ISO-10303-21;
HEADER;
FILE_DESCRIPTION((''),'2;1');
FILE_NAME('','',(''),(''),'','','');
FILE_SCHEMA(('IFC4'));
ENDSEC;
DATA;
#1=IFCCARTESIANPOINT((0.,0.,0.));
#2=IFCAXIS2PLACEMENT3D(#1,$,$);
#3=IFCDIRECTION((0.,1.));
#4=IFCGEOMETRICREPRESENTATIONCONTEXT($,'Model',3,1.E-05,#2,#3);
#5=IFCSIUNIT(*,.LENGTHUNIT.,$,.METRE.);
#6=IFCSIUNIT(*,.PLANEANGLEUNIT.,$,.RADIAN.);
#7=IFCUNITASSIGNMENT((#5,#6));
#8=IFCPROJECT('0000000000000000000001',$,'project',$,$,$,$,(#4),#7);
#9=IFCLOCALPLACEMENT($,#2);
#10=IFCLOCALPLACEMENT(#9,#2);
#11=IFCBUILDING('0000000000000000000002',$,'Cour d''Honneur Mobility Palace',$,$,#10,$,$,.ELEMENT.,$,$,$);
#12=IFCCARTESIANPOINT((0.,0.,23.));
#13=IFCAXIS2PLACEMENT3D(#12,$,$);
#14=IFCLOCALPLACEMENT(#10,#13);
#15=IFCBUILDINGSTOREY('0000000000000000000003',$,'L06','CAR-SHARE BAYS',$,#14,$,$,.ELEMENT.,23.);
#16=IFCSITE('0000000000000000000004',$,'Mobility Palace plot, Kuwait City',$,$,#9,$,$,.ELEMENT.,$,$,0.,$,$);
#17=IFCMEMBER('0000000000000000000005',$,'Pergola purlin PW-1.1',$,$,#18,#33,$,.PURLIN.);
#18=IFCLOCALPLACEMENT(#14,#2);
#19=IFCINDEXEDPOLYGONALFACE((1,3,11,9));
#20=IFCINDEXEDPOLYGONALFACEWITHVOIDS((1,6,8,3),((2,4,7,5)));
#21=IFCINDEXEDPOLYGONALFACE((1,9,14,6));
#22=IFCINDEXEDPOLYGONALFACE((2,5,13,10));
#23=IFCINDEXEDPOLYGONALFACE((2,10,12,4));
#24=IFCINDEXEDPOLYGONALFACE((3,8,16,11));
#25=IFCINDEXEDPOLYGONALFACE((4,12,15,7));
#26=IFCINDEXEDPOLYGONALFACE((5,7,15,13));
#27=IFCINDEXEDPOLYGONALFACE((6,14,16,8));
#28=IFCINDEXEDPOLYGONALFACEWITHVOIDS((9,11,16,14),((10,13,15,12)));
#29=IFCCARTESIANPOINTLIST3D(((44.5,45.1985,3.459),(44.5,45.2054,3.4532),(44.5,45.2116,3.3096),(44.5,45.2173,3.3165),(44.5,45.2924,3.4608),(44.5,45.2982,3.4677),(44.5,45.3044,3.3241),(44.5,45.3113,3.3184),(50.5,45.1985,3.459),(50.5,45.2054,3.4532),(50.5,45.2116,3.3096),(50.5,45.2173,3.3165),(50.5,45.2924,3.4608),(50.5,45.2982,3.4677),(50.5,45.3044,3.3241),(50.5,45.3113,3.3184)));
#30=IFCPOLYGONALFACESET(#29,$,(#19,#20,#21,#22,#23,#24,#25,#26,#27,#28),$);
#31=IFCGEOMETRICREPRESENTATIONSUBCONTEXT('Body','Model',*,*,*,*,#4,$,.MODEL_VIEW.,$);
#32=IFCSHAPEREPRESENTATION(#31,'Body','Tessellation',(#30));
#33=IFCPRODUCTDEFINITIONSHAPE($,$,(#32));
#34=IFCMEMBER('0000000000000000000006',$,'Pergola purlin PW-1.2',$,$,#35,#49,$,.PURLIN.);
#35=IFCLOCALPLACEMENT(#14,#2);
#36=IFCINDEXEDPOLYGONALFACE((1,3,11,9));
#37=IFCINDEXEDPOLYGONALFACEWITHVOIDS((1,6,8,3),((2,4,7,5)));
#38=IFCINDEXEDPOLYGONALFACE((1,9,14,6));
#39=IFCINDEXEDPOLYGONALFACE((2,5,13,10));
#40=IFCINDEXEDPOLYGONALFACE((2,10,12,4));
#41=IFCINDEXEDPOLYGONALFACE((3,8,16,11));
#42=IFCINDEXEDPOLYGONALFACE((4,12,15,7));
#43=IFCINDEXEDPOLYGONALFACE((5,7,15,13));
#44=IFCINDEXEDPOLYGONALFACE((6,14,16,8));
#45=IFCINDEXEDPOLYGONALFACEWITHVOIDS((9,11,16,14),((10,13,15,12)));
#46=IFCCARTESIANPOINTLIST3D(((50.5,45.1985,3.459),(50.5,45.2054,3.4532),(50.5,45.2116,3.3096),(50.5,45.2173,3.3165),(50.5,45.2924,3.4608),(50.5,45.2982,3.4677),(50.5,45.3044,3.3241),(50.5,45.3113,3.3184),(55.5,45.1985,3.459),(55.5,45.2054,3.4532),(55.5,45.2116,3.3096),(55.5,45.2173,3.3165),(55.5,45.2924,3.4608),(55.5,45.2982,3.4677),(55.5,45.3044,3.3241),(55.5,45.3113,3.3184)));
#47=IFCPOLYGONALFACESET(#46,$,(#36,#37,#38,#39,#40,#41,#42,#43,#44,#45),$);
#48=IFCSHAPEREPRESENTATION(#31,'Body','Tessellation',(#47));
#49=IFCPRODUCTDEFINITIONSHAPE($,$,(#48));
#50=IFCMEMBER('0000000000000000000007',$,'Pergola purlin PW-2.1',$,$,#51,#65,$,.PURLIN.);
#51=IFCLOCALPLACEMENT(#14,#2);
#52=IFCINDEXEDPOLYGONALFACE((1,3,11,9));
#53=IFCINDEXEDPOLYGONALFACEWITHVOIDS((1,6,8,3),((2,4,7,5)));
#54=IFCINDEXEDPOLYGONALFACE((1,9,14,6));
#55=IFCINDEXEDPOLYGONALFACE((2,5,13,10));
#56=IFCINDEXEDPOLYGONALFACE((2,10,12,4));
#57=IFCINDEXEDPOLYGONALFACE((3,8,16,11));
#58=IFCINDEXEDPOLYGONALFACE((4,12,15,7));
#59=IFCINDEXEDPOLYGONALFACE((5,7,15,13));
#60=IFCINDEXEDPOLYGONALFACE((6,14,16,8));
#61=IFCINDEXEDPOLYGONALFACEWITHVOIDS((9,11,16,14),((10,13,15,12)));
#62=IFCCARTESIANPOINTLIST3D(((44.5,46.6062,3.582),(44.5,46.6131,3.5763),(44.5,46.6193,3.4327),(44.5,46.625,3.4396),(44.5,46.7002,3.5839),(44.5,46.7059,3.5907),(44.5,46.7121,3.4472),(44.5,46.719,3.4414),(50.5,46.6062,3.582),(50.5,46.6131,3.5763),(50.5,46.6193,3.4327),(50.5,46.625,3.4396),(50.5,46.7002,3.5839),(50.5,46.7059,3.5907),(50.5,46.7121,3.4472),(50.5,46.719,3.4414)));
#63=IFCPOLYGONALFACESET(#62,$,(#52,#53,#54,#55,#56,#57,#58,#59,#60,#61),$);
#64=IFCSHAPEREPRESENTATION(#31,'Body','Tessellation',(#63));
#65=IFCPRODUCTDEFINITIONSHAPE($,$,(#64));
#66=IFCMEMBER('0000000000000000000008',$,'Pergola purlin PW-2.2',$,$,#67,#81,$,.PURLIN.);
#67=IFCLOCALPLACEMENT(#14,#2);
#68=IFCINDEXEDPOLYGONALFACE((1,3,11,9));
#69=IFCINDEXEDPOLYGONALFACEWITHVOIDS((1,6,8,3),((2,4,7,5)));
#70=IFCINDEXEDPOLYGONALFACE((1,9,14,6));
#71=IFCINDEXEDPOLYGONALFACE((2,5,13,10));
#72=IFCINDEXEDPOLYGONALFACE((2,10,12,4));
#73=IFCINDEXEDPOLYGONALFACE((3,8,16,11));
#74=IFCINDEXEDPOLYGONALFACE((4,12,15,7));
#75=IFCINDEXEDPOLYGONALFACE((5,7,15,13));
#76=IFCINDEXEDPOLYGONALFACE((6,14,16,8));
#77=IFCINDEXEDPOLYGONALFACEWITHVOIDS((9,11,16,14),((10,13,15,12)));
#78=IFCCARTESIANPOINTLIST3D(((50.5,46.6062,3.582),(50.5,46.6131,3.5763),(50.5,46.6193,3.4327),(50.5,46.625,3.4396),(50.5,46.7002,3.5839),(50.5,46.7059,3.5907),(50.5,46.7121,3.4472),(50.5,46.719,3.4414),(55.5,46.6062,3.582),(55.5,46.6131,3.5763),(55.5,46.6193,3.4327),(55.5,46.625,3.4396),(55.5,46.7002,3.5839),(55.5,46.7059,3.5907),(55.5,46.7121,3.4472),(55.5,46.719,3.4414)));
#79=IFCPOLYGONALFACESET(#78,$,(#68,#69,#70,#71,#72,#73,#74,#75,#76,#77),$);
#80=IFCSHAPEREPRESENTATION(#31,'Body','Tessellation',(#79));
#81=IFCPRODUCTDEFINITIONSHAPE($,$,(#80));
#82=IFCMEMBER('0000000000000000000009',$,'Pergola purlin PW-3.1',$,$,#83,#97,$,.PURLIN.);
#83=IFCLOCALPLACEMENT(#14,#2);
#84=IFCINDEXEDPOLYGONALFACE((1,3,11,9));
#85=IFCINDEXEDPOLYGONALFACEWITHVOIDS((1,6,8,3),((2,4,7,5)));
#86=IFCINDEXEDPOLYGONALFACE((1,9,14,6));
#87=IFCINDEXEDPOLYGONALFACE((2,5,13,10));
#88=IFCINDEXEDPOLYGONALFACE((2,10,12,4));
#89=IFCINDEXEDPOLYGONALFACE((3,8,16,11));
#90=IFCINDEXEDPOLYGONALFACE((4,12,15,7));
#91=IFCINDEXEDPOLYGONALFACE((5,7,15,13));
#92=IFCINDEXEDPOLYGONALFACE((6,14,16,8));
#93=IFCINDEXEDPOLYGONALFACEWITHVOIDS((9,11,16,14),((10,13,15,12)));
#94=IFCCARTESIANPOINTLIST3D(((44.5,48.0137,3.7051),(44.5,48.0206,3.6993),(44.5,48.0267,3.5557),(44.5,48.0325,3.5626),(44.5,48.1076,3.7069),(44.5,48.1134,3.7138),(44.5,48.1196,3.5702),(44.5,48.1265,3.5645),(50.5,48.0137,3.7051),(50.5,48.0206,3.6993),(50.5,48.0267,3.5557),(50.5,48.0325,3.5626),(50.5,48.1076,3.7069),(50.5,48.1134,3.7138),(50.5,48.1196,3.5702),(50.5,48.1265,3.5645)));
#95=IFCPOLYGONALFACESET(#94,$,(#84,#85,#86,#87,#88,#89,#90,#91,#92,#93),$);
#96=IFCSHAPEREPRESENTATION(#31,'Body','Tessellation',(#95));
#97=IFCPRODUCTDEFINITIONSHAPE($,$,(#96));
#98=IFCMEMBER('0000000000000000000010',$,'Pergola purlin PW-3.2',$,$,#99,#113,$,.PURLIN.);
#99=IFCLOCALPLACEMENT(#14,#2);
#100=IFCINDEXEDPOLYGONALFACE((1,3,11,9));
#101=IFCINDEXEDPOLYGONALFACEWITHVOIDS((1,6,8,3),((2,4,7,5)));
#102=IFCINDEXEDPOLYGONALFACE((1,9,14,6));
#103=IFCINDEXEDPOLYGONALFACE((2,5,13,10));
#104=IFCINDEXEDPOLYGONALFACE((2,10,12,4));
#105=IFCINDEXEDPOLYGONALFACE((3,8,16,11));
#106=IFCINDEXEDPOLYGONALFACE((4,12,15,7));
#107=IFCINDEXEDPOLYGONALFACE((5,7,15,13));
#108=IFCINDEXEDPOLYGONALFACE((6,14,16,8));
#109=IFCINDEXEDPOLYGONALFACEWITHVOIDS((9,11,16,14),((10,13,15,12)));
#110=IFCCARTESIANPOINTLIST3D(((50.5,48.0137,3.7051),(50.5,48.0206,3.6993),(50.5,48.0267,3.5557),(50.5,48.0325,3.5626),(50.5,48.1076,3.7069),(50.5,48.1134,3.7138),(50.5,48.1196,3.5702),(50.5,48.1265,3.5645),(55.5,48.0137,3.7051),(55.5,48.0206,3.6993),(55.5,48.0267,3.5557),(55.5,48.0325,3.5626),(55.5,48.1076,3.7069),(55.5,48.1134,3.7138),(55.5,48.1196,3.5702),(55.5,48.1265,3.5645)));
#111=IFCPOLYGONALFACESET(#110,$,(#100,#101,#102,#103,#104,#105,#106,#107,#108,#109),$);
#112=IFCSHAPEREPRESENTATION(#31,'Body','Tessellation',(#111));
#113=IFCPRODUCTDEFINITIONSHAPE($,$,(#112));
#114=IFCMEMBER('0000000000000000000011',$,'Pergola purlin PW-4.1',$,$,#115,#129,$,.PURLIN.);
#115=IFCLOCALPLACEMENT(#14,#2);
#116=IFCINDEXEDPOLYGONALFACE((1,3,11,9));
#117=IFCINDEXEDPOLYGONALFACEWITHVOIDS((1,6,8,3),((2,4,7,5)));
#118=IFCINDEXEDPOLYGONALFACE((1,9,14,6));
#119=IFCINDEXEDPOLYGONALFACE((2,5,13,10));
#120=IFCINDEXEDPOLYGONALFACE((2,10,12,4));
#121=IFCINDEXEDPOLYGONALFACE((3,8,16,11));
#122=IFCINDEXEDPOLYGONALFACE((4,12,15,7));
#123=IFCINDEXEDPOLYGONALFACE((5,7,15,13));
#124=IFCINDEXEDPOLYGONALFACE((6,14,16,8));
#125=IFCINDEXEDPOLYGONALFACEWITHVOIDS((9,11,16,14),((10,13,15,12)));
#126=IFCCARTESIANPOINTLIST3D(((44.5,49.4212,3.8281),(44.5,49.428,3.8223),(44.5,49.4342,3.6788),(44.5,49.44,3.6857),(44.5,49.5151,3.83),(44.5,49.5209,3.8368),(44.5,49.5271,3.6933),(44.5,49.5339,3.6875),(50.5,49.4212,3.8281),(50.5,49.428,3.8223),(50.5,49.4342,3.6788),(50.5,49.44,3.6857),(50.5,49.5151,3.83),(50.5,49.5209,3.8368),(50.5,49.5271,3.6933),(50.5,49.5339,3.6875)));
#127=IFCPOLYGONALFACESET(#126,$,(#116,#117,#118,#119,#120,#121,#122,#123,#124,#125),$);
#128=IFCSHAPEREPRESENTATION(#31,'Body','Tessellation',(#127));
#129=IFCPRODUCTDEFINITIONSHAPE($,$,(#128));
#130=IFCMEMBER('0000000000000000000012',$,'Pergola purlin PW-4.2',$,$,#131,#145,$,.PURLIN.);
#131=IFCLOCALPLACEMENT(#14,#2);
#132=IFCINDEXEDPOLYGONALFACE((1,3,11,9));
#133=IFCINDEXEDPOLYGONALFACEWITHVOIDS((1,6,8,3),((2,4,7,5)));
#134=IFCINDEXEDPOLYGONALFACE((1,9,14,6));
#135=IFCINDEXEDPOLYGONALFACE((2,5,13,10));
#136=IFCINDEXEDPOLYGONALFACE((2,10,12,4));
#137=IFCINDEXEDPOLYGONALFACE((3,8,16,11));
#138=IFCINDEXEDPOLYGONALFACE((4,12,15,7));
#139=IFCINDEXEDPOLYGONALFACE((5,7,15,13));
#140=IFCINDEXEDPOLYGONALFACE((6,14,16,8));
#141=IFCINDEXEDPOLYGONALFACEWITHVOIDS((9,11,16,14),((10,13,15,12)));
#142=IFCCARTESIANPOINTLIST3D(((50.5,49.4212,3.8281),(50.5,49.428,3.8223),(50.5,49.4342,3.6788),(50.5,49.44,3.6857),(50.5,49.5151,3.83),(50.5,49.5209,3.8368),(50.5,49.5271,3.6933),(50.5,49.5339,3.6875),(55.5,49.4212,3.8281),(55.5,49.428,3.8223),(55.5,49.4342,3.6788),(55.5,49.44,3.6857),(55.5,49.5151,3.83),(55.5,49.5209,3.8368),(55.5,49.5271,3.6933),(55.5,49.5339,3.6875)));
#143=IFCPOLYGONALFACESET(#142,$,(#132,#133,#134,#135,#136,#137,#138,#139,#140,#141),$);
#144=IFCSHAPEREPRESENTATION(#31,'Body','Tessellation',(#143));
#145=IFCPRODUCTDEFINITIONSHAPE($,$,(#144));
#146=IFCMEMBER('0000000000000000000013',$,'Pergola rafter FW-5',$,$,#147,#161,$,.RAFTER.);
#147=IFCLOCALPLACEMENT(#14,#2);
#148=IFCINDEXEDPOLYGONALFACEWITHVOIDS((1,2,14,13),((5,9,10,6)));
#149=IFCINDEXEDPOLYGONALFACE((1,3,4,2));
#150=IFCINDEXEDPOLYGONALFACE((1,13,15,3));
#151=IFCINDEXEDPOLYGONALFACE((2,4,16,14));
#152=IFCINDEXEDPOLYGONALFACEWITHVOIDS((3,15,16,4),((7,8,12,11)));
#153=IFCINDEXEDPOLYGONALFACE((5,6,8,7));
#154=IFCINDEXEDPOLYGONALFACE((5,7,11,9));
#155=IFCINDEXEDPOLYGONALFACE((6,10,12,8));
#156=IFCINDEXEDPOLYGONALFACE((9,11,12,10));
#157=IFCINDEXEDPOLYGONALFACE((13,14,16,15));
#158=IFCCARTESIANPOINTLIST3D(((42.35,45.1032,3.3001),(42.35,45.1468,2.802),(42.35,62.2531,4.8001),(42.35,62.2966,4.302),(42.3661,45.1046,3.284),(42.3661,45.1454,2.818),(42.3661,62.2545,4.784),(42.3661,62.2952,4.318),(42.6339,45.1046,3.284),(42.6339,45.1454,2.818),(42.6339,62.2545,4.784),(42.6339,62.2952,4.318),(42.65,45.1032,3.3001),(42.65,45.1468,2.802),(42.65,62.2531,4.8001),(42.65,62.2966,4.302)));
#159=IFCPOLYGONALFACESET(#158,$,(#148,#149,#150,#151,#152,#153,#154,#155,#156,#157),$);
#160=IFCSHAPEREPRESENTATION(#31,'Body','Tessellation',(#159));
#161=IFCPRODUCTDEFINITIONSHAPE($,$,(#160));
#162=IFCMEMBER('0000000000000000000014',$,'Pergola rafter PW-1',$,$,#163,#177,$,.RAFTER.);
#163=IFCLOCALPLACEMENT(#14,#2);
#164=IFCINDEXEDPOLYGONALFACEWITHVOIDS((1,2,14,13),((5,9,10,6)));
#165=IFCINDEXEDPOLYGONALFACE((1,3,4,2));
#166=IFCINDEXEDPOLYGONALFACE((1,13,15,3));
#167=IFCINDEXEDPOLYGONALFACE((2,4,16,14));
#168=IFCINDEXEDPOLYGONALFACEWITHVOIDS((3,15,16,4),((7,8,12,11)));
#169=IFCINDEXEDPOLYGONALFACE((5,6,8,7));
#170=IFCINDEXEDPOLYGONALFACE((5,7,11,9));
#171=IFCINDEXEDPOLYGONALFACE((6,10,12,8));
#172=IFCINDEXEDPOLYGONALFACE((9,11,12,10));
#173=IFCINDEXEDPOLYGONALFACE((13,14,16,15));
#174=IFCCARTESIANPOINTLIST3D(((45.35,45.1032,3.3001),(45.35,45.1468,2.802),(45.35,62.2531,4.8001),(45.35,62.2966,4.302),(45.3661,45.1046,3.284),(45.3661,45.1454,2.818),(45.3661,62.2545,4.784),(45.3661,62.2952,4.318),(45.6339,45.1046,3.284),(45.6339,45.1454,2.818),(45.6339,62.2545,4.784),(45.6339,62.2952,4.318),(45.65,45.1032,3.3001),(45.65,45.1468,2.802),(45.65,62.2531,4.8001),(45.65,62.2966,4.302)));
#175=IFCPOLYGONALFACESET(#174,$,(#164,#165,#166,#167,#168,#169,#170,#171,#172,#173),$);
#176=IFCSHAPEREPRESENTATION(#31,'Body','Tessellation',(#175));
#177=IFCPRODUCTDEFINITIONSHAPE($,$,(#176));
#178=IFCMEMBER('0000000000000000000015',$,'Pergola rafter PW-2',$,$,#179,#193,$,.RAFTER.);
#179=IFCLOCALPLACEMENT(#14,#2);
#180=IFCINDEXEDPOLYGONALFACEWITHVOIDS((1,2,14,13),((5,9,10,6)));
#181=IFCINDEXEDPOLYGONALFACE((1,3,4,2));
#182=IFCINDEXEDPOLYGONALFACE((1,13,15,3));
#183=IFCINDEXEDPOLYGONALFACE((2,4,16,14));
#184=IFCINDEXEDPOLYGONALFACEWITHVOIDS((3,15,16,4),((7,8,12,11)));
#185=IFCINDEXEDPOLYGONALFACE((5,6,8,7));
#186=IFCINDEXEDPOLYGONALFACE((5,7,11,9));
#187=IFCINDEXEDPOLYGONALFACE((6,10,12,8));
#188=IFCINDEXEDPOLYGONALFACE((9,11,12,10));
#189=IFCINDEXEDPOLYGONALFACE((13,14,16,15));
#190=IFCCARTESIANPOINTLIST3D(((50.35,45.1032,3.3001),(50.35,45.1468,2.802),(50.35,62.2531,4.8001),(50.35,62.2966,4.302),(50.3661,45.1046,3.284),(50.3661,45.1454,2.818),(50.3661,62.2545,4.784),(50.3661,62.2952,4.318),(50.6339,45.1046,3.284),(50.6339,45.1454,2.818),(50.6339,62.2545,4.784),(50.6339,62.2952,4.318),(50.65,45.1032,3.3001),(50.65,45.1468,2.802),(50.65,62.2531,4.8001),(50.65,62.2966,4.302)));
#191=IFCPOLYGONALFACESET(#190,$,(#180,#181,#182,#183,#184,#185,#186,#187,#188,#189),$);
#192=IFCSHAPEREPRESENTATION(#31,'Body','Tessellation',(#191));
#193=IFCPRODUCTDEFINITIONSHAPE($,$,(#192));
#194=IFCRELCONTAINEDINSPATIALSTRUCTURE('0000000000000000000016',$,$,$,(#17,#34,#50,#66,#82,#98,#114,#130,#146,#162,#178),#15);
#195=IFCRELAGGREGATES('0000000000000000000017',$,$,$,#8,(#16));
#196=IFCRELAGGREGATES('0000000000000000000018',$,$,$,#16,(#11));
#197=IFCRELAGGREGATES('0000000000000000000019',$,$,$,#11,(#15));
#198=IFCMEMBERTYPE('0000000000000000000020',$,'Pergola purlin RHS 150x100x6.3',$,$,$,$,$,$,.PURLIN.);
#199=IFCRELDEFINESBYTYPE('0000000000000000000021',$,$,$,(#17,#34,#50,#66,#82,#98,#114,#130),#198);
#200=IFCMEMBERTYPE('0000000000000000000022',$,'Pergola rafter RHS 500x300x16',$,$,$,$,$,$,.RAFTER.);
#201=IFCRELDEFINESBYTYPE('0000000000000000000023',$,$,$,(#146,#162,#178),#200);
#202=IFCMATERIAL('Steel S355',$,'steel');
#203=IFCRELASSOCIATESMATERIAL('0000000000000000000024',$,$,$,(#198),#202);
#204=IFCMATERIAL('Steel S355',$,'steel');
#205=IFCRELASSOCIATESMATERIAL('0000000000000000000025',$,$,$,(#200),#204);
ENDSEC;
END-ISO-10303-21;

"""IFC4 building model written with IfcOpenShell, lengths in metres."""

from ifc_helpers import new_model, si_unit, direction, frame, origin, origin_2d, place, context, subcontext, project, spatial, hollow_rectangle, extrude, material, material_profile, profile_set, type_object, element, save


model = new_model("IFC4")

# Units and contexts
model_context = context("Model", 3, precision=1e-05, world=origin(), true_north=direction((0.0, 1.0)))
body_context = subcontext(model_context, "Body", "Model", "MODEL_VIEW")
ifc_project = project(units=[si_unit("LENGTHUNIT", "METRE"), si_unit("PLANEANGLEUNIT", "RADIAN")], contexts=[model_context])

# Site, building, storey
site_placement = place(None, origin())
site = spatial("IfcSite", under=ifc_project, at=site_placement, Name="Mobility Palace plot, Kuwait City", CompositionType="ELEMENT", RefElevation=0.0)
building_placement = place(site_placement, origin())
building = spatial("IfcBuilding", under=site, at=building_placement, Name="Cour d'Honneur Mobility Palace", CompositionType="ELEMENT")
storey_placement = place(building_placement, frame((0.0, 0.0, 23.0)))
storey = spatial("IfcBuildingStorey", under=building, at=storey_placement, Name="L06", Description="CAR-SHARE BAYS", CompositionType="ELEMENT", Elevation=23.0)

# Members
ifc_material_1 = material(Name="Steel S355", Category="steel")
ifc_material_profile_1 = material_profile(ifc_material_1, hollow_rectangle(XDim=0.1001, YDim=0.1499, WallThickness=0.0063, at=origin_2d()), Name="RHS 150x100x6.3")
ifc_profile_set_1 = profile_set([ifc_material_profile_1], Name="Steel S355")
member_type_1 = type_object("IfcMemberType", Name="Pergola purlin RHS 150x100x6.3", PredefinedType="PURLIN", material=ifc_profile_set_1)
member_1_placement = place(storey_placement, frame((44.5, 45.2549, 3.3887), z_axis=(1.0, 0.0, 0.0), x_axis=(0.0, 0.996197, 0.087131)))
element("IfcMember", 1, at=member_1_placement, inside=storey, type_object=member_type_1, Name="Pergola purlin PW-1.1", PredefinedType="PURLIN", context=body_context, shape_type="SweptSolid", body=[
    extrude(hollow_rectangle(XDim=0.1001, YDim=0.1499, WallThickness=0.0063, at=origin_2d()), origin(), (0.0, 0.0, 1.0), 6.0),
])
member_2_placement = place(storey_placement, frame((50.5, 45.2549, 3.3887), z_axis=(1.0, 0.0, 0.0), x_axis=(0.0, 0.996197, 0.087131)))
element("IfcMember", 2, at=member_2_placement, inside=storey, type_object=member_type_1, Name="Pergola purlin PW-1.2", PredefinedType="PURLIN", context=body_context, shape_type="SweptSolid", body=[
    extrude(hollow_rectangle(XDim=0.1001, YDim=0.1499, WallThickness=0.0063, at=origin_2d()), origin(), (0.0, 0.0, 1.0), 5.0),
])
member_3_placement = place(storey_placement, frame((44.5, 46.6626, 3.5117), z_axis=(1.0, 0.0, 0.0), x_axis=(0.0, 0.996197, 0.087131)))
element("IfcMember", 3, at=member_3_placement, inside=storey, type_object=member_type_1, Name="Pergola purlin PW-2.1", PredefinedType="PURLIN", context=body_context, shape_type="SweptSolid", body=[
    extrude(hollow_rectangle(XDim=0.1001, YDim=0.1499, WallThickness=0.0063, at=origin_2d()), origin(), (0.0, 0.0, 1.0), 6.0),
])
member_4_placement = place(storey_placement, frame((50.5, 46.6626, 3.5117), z_axis=(1.0, 0.0, 0.0), x_axis=(0.0, 0.996197, 0.087131)))
element("IfcMember", 4, at=member_4_placement, inside=storey, type_object=member_type_1, Name="Pergola purlin PW-2.2", PredefinedType="PURLIN", context=body_context, shape_type="SweptSolid", body=[
    extrude(hollow_rectangle(XDim=0.1001, YDim=0.1499, WallThickness=0.0063, at=origin_2d()), origin(), (0.0, 0.0, 1.0), 5.0),
])
member_5_placement = place(storey_placement, frame((44.5, 48.0701, 3.6348), z_axis=(1.0, 0.0, 0.0), x_axis=(0.0, 0.996197, 0.087131)))
element("IfcMember", 5, at=member_5_placement, inside=storey, type_object=member_type_1, Name="Pergola purlin PW-3.1", PredefinedType="PURLIN", context=body_context, shape_type="SweptSolid", body=[
    extrude(hollow_rectangle(XDim=0.1001, YDim=0.1499, WallThickness=0.0063, at=origin_2d()), origin(), (0.0, 0.0, 1.0), 6.0),
])
member_6_placement = place(storey_placement, frame((50.5, 48.0701, 3.6348), z_axis=(1.0, 0.0, 0.0), x_axis=(0.0, 0.996197, 0.087131)))
element("IfcMember", 6, at=member_6_placement, inside=storey, type_object=member_type_1, Name="Pergola purlin PW-3.2", PredefinedType="PURLIN", context=body_context, shape_type="SweptSolid", body=[
    extrude(hollow_rectangle(XDim=0.1001, YDim=0.1499, WallThickness=0.0063, at=origin_2d()), origin(), (0.0, 0.0, 1.0), 5.0),
])
member_7_placement = place(storey_placement, frame((44.5, 49.4775, 3.7578), z_axis=(1.0, 0.0, 0.0), x_axis=(0.0, 0.996197, 0.087131)))
element("IfcMember", 7, at=member_7_placement, inside=storey, type_object=member_type_1, Name="Pergola purlin PW-4.1", PredefinedType="PURLIN", context=body_context, shape_type="SweptSolid", body=[
    extrude(hollow_rectangle(XDim=0.1001, YDim=0.1499, WallThickness=0.0063, at=origin_2d()), origin(), (0.0, 0.0, 1.0), 6.0),
])
member_8_placement = place(storey_placement, frame((50.5, 49.4775, 3.7578), z_axis=(1.0, 0.0, 0.0), x_axis=(0.0, 0.996197, 0.087131)))
element("IfcMember", 8, at=member_8_placement, inside=storey, type_object=member_type_1, Name="Pergola purlin PW-4.2", PredefinedType="PURLIN", context=body_context, shape_type="SweptSolid", body=[
    extrude(hollow_rectangle(XDim=0.1001, YDim=0.1499, WallThickness=0.0063, at=origin_2d()), origin(), (0.0, 0.0, 1.0), 5.0),
])
ifc_material_2 = material(Name="Steel S355", Category="steel")
ifc_material_profile_2 = material_profile(ifc_material_2, hollow_rectangle(XDim=0.3, YDim=0.5, WallThickness=0.0161, at=origin_2d()), Name="RHS 500x300x16")
ifc_profile_set_2 = profile_set([ifc_material_profile_2], Name="Steel S355")
member_type_2 = type_object("IfcMemberType", Name="Pergola rafter RHS 500x300x16", PredefinedType="RAFTER", material=ifc_profile_set_2)
for number, where, z_axis, x_axis, name in (
    (9, (42.5, 45.125, 3.051), (0.0, 0.996197, 0.087131), (-1.0, 0.0, 0.0), "Pergola rafter FW-5"),
    (10, (45.5, 45.125, 3.051), (0.0, 0.996197, 0.087131), (-1.0, 0.0, 0.0), "Pergola rafter PW-1"),
    (11, (50.5, 45.125, 3.051), (0.0, 0.996197, 0.087131), (-1.0, 0.0, 0.0), "Pergola rafter PW-2"),
):
    element("IfcMember", number, at=place(storey_placement, frame(where, z_axis=z_axis, x_axis=x_axis)), inside=storey, type_object=member_type_2, Name=name, PredefinedType="RAFTER", context=body_context, shape_type="SweptSolid", body=[
        extrude(hollow_rectangle(XDim=0.3, YDim=0.5, WallThickness=0.0161, at=origin_2d()), origin(), (0.0, 0.0, 1.0), 17.2153),
    ])

save(model, "model.ifc")
